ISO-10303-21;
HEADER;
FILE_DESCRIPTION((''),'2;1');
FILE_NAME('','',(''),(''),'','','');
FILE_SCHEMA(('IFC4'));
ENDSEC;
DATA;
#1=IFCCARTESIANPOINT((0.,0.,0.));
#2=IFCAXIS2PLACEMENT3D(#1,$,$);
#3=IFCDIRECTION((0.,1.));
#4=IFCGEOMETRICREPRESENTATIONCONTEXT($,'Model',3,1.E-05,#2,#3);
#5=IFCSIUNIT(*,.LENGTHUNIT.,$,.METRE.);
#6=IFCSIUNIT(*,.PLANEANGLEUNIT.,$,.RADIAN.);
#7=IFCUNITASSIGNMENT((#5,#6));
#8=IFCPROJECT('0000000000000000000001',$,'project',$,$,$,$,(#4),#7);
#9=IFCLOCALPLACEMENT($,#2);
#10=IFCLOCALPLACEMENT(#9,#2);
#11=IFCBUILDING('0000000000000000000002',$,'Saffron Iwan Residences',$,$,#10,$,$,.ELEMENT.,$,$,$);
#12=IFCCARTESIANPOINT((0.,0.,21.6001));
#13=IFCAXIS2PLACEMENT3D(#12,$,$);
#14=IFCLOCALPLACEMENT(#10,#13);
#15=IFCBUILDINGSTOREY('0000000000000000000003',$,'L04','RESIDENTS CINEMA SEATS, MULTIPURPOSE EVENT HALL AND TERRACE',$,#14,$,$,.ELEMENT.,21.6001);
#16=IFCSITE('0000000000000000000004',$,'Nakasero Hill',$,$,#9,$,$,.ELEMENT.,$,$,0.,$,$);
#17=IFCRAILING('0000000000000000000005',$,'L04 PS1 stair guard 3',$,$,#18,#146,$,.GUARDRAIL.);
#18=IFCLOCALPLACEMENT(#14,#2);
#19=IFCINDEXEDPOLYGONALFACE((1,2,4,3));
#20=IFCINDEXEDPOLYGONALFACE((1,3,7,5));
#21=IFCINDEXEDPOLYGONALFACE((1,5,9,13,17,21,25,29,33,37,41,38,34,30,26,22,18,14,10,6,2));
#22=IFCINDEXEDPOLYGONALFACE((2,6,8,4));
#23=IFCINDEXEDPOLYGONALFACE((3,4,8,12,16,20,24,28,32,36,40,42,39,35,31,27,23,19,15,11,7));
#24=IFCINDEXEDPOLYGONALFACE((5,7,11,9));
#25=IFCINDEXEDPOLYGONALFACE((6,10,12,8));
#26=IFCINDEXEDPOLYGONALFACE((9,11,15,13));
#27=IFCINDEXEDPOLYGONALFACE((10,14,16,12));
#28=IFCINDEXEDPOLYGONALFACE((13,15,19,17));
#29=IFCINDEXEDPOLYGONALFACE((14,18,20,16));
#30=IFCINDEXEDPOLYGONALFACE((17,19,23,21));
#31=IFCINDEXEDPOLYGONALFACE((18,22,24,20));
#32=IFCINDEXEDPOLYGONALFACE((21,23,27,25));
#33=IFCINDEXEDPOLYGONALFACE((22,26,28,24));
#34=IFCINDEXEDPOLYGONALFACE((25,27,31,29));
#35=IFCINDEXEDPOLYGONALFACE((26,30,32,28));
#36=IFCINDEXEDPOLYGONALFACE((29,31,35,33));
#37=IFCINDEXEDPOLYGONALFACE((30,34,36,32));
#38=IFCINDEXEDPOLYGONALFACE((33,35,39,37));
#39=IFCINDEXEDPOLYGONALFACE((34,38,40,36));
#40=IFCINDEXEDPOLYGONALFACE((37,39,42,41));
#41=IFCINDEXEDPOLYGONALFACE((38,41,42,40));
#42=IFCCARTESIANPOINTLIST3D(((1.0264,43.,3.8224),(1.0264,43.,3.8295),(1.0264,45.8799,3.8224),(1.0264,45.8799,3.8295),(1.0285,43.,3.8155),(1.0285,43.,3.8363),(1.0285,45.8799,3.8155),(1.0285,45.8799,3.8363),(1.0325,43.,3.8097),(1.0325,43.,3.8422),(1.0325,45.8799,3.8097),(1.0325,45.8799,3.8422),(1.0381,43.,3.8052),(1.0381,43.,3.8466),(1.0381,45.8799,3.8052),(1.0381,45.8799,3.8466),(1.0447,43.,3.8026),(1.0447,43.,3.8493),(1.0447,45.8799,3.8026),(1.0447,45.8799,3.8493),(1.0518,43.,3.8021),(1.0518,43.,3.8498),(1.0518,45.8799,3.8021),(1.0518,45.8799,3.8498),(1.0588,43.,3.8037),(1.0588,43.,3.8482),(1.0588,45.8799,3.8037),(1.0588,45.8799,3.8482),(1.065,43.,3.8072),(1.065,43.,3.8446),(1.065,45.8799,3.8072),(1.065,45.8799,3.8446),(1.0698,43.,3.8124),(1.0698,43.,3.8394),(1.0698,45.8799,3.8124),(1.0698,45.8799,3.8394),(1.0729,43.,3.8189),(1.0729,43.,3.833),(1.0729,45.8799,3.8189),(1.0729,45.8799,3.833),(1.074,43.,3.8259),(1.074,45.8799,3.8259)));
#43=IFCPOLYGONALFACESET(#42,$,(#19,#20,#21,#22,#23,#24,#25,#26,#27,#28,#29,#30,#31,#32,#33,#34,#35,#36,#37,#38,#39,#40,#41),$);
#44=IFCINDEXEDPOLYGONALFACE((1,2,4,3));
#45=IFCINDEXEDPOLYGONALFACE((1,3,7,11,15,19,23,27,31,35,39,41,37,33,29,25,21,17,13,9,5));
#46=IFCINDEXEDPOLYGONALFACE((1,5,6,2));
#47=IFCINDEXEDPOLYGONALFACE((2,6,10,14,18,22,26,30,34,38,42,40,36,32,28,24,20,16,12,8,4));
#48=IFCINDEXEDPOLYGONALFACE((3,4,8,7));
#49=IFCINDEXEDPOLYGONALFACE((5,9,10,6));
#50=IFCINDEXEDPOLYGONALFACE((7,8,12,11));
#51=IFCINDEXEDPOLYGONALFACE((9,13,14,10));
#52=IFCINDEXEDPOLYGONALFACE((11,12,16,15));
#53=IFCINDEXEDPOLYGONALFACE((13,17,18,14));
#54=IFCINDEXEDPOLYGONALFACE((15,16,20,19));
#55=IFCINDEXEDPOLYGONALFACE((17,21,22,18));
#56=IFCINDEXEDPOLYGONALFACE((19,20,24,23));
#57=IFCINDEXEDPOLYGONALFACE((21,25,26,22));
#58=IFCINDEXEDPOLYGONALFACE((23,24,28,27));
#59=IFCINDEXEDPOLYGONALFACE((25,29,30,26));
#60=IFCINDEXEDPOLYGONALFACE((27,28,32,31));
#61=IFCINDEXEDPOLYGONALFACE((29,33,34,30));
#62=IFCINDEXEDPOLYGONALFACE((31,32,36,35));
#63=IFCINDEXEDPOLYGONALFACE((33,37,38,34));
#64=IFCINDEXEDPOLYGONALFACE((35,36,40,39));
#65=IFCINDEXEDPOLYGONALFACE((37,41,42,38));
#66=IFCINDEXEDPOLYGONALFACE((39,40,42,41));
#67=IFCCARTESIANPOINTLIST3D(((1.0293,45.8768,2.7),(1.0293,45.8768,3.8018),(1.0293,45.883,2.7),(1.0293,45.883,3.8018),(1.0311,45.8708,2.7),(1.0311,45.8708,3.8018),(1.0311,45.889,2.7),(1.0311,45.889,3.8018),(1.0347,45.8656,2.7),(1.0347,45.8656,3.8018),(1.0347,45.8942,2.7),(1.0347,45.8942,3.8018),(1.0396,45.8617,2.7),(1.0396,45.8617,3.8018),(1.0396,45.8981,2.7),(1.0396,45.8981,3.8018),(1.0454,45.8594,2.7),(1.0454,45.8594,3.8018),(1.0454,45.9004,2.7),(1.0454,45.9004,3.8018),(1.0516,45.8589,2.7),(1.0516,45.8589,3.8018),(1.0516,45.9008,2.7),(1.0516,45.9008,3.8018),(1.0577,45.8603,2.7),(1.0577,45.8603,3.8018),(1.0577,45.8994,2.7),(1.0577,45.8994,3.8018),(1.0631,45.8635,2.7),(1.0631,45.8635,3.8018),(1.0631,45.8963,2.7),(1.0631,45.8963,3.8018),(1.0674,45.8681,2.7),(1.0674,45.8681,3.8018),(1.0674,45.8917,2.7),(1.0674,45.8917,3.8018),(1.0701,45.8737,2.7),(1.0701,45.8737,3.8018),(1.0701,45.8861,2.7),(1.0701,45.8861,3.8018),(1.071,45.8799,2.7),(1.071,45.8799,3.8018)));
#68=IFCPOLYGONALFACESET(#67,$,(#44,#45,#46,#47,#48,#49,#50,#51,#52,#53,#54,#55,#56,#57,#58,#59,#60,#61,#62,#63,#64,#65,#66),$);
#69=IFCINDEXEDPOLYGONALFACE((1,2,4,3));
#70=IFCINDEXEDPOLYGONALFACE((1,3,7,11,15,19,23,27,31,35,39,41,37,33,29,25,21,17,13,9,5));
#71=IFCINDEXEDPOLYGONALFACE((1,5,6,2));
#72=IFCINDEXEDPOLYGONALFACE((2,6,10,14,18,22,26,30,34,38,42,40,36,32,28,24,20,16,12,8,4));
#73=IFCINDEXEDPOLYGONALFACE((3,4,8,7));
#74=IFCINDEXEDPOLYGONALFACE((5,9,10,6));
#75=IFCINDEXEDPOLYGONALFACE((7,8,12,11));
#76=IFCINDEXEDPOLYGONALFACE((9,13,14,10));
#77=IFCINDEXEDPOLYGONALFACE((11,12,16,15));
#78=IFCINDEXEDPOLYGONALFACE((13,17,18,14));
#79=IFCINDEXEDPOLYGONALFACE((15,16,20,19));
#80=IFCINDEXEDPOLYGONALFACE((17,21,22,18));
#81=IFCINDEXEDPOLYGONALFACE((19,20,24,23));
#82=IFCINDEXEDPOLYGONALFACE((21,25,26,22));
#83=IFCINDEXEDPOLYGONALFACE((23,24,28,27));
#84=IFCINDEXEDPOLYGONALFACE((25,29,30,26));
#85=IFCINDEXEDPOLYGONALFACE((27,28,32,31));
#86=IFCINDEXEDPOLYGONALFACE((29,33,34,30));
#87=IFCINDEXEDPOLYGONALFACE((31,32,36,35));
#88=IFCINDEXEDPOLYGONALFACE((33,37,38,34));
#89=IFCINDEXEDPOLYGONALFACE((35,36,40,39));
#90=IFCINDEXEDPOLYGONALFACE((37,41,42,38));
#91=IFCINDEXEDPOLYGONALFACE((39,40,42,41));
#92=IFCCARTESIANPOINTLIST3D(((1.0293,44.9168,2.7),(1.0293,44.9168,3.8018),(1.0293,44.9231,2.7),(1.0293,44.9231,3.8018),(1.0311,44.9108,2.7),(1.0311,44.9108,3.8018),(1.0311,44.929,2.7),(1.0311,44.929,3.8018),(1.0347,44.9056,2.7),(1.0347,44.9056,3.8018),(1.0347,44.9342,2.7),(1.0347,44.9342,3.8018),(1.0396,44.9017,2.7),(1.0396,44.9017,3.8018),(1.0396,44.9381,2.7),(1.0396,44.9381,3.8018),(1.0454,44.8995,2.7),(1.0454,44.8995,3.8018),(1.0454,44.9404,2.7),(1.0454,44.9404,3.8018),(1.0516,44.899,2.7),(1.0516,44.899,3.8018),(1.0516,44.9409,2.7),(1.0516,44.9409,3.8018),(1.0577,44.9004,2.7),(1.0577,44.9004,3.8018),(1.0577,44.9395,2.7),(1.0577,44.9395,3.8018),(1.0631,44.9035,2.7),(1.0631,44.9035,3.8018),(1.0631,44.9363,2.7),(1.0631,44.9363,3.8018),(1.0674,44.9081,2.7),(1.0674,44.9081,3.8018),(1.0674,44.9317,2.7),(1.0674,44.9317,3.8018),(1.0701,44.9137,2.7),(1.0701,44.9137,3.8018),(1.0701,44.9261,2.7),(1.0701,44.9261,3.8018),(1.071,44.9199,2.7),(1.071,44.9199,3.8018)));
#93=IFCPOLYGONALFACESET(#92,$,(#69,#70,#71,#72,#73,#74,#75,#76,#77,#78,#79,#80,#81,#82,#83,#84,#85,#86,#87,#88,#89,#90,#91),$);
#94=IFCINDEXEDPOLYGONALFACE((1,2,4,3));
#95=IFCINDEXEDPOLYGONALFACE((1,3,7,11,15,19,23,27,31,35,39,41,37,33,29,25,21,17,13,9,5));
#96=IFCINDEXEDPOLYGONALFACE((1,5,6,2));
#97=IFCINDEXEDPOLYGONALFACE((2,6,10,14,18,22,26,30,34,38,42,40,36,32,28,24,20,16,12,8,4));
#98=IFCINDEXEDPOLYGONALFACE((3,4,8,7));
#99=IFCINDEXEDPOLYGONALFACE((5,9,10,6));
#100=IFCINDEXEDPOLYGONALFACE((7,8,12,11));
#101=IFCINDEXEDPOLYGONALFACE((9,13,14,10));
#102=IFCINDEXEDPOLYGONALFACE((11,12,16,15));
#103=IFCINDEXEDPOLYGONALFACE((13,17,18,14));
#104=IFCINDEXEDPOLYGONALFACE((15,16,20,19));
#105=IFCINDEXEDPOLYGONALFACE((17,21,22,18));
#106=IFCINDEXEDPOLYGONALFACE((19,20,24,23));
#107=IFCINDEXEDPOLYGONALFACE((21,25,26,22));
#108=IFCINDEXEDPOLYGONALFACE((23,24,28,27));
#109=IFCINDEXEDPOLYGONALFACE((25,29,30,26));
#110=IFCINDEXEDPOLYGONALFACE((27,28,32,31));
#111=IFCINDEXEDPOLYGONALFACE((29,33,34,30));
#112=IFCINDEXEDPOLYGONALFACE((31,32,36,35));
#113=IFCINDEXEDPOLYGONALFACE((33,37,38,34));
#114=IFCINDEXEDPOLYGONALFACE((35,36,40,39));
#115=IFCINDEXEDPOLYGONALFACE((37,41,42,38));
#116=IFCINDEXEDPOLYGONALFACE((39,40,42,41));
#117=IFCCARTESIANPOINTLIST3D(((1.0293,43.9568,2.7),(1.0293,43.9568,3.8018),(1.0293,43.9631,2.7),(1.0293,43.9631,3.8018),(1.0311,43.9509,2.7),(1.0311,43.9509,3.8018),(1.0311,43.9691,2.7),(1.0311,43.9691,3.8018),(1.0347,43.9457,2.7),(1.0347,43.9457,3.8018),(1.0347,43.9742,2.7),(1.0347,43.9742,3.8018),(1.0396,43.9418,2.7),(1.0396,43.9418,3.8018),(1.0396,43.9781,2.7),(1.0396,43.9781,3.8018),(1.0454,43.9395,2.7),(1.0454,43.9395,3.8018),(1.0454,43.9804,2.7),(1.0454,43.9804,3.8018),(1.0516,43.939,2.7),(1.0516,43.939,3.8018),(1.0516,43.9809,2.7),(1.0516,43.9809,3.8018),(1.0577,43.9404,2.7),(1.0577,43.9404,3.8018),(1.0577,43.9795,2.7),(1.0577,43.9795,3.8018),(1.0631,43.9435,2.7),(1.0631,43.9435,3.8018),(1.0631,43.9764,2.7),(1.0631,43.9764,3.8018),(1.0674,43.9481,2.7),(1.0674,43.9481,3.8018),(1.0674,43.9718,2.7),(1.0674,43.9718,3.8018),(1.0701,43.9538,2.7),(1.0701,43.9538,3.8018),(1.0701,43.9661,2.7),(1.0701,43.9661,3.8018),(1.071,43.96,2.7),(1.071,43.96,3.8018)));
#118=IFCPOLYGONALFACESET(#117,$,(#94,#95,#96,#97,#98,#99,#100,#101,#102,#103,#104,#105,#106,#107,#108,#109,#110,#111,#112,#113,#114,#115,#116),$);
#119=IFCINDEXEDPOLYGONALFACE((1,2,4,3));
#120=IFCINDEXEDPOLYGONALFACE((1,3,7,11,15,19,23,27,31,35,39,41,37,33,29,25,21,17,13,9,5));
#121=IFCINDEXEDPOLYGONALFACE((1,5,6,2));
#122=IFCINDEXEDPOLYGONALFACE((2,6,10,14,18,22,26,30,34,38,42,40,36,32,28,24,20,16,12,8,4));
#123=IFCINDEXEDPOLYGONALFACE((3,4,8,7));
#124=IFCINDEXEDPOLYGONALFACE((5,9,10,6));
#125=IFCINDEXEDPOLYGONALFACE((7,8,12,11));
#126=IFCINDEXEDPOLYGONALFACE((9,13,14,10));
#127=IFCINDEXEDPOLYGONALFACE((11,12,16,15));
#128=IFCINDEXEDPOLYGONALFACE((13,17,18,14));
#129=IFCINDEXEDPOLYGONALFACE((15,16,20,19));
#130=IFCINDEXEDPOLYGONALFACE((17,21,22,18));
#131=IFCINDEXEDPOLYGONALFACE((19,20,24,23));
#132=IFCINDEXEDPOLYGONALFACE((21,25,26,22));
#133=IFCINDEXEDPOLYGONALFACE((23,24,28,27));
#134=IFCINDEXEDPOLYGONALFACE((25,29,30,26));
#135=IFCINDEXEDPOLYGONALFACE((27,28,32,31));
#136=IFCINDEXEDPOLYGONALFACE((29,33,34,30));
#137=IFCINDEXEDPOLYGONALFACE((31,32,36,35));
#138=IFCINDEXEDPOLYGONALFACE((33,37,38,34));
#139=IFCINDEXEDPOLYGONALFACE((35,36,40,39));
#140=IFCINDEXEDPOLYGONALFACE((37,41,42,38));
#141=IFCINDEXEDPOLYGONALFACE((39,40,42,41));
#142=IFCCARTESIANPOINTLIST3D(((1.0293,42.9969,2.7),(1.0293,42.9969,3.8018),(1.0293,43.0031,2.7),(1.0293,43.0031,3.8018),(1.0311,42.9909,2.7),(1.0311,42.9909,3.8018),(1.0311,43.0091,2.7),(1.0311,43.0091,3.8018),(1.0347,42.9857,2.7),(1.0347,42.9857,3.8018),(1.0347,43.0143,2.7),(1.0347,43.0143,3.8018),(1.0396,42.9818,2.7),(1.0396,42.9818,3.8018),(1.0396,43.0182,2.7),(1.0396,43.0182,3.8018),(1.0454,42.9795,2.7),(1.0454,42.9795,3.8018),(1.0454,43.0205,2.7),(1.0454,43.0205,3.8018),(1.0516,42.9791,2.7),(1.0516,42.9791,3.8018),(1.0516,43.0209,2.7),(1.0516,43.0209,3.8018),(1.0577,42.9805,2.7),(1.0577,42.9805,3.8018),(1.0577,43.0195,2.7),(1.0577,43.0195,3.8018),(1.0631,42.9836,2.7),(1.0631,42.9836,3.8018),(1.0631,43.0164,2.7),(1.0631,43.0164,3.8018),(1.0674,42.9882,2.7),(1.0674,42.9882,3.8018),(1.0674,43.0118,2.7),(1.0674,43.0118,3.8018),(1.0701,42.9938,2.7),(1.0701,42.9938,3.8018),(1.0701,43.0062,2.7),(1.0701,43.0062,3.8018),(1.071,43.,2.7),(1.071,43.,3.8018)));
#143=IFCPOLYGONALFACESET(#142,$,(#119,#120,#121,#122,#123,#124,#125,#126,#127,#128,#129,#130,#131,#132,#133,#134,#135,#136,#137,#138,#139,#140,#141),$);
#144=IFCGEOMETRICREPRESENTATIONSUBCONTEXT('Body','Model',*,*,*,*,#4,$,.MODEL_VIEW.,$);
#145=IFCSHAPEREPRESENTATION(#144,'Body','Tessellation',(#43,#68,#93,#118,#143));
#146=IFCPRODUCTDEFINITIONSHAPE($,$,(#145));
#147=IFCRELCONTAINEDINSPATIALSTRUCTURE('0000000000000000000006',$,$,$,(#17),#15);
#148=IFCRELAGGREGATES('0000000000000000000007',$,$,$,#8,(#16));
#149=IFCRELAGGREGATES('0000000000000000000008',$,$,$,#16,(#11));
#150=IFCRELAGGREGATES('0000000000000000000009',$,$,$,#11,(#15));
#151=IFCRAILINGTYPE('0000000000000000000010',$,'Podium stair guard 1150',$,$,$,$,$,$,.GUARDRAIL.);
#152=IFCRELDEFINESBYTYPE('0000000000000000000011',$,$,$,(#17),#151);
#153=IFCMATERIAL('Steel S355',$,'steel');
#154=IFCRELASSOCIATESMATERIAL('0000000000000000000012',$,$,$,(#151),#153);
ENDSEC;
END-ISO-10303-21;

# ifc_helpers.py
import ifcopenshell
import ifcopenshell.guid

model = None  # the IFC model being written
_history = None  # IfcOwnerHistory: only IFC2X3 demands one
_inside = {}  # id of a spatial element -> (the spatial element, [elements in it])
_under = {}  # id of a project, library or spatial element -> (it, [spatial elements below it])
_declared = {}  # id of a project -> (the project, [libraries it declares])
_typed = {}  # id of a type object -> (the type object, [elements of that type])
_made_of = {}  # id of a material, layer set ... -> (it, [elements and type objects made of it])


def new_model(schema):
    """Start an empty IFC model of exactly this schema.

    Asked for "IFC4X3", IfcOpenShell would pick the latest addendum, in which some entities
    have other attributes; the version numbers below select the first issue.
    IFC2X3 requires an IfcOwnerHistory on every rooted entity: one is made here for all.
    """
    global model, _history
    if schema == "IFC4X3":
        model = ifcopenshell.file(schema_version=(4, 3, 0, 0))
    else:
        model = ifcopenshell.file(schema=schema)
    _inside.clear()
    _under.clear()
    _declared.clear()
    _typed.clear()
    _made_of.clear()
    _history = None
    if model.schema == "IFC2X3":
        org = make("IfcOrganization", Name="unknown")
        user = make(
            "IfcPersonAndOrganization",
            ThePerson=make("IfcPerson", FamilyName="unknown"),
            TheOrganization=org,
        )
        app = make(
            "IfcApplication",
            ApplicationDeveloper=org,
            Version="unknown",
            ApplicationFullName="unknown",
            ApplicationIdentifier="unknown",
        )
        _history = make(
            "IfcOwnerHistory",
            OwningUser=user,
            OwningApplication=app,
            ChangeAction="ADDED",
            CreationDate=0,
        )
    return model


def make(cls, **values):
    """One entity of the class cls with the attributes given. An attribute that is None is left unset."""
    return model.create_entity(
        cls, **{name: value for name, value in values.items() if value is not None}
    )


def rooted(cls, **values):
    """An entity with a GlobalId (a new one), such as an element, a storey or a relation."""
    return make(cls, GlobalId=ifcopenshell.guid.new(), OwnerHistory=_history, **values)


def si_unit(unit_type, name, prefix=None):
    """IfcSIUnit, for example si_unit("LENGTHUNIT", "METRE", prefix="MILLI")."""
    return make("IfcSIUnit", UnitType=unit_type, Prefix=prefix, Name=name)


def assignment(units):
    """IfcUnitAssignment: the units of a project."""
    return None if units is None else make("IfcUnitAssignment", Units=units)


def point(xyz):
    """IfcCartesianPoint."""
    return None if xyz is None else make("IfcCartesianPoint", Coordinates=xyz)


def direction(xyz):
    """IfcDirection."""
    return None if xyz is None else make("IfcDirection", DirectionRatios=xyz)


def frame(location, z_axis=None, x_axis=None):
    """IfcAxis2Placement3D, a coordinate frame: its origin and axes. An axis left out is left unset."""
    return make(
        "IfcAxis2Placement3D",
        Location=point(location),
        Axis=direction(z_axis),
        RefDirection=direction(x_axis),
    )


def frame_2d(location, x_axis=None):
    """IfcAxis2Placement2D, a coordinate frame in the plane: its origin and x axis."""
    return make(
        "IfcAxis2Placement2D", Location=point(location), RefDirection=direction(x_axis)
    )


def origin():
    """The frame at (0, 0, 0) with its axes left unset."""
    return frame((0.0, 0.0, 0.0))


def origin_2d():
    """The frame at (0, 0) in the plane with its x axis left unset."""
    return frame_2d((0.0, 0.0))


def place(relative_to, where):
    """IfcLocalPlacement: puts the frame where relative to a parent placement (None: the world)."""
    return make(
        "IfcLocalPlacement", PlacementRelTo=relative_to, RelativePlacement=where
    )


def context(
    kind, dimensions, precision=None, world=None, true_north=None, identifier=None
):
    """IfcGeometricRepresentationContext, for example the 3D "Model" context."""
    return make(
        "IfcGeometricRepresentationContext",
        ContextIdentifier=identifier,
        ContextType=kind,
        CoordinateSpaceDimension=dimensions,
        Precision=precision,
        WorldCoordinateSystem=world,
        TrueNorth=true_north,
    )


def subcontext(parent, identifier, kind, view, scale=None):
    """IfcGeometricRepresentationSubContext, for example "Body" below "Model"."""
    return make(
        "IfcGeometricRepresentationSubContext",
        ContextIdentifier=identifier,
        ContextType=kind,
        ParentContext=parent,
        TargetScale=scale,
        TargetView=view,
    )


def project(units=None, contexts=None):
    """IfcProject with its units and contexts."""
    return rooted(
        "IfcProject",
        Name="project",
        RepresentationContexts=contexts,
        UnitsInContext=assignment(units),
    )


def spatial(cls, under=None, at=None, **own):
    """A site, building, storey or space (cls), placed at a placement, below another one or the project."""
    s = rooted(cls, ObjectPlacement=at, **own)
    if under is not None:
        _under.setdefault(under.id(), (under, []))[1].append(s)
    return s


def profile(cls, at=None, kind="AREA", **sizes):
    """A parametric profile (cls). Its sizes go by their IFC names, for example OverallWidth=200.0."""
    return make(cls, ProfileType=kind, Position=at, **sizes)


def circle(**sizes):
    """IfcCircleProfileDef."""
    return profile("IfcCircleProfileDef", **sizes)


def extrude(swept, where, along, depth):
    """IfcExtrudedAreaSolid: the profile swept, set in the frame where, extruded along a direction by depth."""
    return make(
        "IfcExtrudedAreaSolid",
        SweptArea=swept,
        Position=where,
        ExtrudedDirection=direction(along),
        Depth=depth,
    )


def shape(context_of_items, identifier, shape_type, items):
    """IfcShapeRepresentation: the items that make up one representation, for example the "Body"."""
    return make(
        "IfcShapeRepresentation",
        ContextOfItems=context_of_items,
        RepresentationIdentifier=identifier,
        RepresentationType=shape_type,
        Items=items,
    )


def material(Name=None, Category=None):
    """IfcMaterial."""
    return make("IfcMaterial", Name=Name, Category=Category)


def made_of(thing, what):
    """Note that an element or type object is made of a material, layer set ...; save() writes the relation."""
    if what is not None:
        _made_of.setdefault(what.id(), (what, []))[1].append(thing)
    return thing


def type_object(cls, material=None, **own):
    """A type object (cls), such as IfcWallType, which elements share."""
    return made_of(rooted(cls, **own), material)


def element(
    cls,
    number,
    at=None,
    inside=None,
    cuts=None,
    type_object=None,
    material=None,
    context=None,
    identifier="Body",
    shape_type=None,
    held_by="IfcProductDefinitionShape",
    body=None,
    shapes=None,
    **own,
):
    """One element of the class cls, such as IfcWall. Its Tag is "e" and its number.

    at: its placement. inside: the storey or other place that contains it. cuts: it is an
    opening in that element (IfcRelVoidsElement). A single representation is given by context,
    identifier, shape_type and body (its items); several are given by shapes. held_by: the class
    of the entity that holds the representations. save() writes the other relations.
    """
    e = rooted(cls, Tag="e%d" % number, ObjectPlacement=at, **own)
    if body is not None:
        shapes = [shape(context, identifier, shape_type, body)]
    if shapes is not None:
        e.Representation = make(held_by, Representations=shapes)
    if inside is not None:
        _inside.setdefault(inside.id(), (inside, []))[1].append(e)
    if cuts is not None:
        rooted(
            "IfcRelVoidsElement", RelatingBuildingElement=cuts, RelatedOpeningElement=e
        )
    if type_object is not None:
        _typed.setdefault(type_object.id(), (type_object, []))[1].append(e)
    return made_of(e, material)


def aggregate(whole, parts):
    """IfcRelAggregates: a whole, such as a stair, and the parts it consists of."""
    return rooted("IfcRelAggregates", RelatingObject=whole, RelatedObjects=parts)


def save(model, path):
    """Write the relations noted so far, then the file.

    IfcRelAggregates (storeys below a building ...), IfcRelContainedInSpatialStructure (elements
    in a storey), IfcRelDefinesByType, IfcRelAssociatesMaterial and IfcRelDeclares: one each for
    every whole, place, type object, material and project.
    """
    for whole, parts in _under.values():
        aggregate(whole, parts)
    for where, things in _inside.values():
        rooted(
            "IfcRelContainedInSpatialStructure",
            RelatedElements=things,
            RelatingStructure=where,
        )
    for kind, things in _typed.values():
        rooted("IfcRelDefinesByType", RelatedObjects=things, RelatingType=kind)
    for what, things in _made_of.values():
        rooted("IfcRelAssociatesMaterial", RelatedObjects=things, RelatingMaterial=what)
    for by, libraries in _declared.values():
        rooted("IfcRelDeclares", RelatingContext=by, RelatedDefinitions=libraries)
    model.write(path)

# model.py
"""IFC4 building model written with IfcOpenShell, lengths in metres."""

from ifc_helpers import new_model, si_unit, direction, frame, origin, origin_2d, place, context, subcontext, project, spatial, circle, extrude, material, type_object, element, save


model = new_model("IFC4")

# Units and contexts
model_context = context("Model", 3, precision=1e-05, world=origin(), true_north=direction((0.0, 1.0)))
body_context = subcontext(model_context, "Body", "Model", "MODEL_VIEW")
ifc_project = project(units=[si_unit("LENGTHUNIT", "METRE"), si_unit("PLANEANGLEUNIT", "RADIAN")], contexts=[model_context])

# Site, building, storey
site_placement = place(None, origin())
site = spatial("IfcSite", under=ifc_project, at=site_placement, Name="Nakasero Hill", CompositionType="ELEMENT", RefElevation=0.0)
building_placement = place(site_placement, origin())
building = spatial("IfcBuilding", under=site, at=building_placement, Name="Saffron Iwan Residences", CompositionType="ELEMENT")
storey_placement = place(building_placement, frame((0.0, 0.0, 21.6001)))
storey = spatial("IfcBuildingStorey", under=building, at=storey_placement, Name="L04", Description="RESIDENTS CINEMA SEATS, MULTIPURPOSE EVENT HALL AND TERRACE", CompositionType="ELEMENT", Elevation=21.6001)

# Railing
ifc_material_1 = material(Name="Steel S355", Category="steel")
railing_type_1 = type_object("IfcRailingType", Name="Podium stair guard 1150", PredefinedType="GUARDRAIL", material=ifc_material_1)
railing_1_placement = place(storey_placement, frame((1.05, 45.8799, 2.7)))
element("IfcRailing", 1, at=railing_1_placement, inside=storey, type_object=railing_type_1, Name="L04 PS1 stair guard 3", PredefinedType="GUARDRAIL", context=body_context, shape_type="SweptSolid", body=[
    extrude(circle(Radius=0.0239, at=origin_2d()), frame((0.0, 0.0, 1.126), z_axis=(0.0, -1.0, 0.0), x_axis=(1.0, 0.0, 0.0)), (0.0, 0.0, 1.0), 2.8799),
    extrude(circle(Radius=0.021, at=origin_2d()), origin(), (0.0, 0.0, 1.0), 1.1018),
    extrude(circle(Radius=0.021, at=origin_2d()), frame((0.0, -0.96, 0.0)), (0.0, 0.0, 1.0), 1.1018),
    extrude(circle(Radius=0.021, at=origin_2d()), frame((0.0, -1.9199, 0.0)), (0.0, 0.0, 1.0), 1.1018),
    extrude(circle(Radius=0.021, at=origin_2d()), frame((0.0, -2.8799, 0.0)), (0.0, 0.0, 1.0), 1.1018),
])

save(model, "model.ifc")
